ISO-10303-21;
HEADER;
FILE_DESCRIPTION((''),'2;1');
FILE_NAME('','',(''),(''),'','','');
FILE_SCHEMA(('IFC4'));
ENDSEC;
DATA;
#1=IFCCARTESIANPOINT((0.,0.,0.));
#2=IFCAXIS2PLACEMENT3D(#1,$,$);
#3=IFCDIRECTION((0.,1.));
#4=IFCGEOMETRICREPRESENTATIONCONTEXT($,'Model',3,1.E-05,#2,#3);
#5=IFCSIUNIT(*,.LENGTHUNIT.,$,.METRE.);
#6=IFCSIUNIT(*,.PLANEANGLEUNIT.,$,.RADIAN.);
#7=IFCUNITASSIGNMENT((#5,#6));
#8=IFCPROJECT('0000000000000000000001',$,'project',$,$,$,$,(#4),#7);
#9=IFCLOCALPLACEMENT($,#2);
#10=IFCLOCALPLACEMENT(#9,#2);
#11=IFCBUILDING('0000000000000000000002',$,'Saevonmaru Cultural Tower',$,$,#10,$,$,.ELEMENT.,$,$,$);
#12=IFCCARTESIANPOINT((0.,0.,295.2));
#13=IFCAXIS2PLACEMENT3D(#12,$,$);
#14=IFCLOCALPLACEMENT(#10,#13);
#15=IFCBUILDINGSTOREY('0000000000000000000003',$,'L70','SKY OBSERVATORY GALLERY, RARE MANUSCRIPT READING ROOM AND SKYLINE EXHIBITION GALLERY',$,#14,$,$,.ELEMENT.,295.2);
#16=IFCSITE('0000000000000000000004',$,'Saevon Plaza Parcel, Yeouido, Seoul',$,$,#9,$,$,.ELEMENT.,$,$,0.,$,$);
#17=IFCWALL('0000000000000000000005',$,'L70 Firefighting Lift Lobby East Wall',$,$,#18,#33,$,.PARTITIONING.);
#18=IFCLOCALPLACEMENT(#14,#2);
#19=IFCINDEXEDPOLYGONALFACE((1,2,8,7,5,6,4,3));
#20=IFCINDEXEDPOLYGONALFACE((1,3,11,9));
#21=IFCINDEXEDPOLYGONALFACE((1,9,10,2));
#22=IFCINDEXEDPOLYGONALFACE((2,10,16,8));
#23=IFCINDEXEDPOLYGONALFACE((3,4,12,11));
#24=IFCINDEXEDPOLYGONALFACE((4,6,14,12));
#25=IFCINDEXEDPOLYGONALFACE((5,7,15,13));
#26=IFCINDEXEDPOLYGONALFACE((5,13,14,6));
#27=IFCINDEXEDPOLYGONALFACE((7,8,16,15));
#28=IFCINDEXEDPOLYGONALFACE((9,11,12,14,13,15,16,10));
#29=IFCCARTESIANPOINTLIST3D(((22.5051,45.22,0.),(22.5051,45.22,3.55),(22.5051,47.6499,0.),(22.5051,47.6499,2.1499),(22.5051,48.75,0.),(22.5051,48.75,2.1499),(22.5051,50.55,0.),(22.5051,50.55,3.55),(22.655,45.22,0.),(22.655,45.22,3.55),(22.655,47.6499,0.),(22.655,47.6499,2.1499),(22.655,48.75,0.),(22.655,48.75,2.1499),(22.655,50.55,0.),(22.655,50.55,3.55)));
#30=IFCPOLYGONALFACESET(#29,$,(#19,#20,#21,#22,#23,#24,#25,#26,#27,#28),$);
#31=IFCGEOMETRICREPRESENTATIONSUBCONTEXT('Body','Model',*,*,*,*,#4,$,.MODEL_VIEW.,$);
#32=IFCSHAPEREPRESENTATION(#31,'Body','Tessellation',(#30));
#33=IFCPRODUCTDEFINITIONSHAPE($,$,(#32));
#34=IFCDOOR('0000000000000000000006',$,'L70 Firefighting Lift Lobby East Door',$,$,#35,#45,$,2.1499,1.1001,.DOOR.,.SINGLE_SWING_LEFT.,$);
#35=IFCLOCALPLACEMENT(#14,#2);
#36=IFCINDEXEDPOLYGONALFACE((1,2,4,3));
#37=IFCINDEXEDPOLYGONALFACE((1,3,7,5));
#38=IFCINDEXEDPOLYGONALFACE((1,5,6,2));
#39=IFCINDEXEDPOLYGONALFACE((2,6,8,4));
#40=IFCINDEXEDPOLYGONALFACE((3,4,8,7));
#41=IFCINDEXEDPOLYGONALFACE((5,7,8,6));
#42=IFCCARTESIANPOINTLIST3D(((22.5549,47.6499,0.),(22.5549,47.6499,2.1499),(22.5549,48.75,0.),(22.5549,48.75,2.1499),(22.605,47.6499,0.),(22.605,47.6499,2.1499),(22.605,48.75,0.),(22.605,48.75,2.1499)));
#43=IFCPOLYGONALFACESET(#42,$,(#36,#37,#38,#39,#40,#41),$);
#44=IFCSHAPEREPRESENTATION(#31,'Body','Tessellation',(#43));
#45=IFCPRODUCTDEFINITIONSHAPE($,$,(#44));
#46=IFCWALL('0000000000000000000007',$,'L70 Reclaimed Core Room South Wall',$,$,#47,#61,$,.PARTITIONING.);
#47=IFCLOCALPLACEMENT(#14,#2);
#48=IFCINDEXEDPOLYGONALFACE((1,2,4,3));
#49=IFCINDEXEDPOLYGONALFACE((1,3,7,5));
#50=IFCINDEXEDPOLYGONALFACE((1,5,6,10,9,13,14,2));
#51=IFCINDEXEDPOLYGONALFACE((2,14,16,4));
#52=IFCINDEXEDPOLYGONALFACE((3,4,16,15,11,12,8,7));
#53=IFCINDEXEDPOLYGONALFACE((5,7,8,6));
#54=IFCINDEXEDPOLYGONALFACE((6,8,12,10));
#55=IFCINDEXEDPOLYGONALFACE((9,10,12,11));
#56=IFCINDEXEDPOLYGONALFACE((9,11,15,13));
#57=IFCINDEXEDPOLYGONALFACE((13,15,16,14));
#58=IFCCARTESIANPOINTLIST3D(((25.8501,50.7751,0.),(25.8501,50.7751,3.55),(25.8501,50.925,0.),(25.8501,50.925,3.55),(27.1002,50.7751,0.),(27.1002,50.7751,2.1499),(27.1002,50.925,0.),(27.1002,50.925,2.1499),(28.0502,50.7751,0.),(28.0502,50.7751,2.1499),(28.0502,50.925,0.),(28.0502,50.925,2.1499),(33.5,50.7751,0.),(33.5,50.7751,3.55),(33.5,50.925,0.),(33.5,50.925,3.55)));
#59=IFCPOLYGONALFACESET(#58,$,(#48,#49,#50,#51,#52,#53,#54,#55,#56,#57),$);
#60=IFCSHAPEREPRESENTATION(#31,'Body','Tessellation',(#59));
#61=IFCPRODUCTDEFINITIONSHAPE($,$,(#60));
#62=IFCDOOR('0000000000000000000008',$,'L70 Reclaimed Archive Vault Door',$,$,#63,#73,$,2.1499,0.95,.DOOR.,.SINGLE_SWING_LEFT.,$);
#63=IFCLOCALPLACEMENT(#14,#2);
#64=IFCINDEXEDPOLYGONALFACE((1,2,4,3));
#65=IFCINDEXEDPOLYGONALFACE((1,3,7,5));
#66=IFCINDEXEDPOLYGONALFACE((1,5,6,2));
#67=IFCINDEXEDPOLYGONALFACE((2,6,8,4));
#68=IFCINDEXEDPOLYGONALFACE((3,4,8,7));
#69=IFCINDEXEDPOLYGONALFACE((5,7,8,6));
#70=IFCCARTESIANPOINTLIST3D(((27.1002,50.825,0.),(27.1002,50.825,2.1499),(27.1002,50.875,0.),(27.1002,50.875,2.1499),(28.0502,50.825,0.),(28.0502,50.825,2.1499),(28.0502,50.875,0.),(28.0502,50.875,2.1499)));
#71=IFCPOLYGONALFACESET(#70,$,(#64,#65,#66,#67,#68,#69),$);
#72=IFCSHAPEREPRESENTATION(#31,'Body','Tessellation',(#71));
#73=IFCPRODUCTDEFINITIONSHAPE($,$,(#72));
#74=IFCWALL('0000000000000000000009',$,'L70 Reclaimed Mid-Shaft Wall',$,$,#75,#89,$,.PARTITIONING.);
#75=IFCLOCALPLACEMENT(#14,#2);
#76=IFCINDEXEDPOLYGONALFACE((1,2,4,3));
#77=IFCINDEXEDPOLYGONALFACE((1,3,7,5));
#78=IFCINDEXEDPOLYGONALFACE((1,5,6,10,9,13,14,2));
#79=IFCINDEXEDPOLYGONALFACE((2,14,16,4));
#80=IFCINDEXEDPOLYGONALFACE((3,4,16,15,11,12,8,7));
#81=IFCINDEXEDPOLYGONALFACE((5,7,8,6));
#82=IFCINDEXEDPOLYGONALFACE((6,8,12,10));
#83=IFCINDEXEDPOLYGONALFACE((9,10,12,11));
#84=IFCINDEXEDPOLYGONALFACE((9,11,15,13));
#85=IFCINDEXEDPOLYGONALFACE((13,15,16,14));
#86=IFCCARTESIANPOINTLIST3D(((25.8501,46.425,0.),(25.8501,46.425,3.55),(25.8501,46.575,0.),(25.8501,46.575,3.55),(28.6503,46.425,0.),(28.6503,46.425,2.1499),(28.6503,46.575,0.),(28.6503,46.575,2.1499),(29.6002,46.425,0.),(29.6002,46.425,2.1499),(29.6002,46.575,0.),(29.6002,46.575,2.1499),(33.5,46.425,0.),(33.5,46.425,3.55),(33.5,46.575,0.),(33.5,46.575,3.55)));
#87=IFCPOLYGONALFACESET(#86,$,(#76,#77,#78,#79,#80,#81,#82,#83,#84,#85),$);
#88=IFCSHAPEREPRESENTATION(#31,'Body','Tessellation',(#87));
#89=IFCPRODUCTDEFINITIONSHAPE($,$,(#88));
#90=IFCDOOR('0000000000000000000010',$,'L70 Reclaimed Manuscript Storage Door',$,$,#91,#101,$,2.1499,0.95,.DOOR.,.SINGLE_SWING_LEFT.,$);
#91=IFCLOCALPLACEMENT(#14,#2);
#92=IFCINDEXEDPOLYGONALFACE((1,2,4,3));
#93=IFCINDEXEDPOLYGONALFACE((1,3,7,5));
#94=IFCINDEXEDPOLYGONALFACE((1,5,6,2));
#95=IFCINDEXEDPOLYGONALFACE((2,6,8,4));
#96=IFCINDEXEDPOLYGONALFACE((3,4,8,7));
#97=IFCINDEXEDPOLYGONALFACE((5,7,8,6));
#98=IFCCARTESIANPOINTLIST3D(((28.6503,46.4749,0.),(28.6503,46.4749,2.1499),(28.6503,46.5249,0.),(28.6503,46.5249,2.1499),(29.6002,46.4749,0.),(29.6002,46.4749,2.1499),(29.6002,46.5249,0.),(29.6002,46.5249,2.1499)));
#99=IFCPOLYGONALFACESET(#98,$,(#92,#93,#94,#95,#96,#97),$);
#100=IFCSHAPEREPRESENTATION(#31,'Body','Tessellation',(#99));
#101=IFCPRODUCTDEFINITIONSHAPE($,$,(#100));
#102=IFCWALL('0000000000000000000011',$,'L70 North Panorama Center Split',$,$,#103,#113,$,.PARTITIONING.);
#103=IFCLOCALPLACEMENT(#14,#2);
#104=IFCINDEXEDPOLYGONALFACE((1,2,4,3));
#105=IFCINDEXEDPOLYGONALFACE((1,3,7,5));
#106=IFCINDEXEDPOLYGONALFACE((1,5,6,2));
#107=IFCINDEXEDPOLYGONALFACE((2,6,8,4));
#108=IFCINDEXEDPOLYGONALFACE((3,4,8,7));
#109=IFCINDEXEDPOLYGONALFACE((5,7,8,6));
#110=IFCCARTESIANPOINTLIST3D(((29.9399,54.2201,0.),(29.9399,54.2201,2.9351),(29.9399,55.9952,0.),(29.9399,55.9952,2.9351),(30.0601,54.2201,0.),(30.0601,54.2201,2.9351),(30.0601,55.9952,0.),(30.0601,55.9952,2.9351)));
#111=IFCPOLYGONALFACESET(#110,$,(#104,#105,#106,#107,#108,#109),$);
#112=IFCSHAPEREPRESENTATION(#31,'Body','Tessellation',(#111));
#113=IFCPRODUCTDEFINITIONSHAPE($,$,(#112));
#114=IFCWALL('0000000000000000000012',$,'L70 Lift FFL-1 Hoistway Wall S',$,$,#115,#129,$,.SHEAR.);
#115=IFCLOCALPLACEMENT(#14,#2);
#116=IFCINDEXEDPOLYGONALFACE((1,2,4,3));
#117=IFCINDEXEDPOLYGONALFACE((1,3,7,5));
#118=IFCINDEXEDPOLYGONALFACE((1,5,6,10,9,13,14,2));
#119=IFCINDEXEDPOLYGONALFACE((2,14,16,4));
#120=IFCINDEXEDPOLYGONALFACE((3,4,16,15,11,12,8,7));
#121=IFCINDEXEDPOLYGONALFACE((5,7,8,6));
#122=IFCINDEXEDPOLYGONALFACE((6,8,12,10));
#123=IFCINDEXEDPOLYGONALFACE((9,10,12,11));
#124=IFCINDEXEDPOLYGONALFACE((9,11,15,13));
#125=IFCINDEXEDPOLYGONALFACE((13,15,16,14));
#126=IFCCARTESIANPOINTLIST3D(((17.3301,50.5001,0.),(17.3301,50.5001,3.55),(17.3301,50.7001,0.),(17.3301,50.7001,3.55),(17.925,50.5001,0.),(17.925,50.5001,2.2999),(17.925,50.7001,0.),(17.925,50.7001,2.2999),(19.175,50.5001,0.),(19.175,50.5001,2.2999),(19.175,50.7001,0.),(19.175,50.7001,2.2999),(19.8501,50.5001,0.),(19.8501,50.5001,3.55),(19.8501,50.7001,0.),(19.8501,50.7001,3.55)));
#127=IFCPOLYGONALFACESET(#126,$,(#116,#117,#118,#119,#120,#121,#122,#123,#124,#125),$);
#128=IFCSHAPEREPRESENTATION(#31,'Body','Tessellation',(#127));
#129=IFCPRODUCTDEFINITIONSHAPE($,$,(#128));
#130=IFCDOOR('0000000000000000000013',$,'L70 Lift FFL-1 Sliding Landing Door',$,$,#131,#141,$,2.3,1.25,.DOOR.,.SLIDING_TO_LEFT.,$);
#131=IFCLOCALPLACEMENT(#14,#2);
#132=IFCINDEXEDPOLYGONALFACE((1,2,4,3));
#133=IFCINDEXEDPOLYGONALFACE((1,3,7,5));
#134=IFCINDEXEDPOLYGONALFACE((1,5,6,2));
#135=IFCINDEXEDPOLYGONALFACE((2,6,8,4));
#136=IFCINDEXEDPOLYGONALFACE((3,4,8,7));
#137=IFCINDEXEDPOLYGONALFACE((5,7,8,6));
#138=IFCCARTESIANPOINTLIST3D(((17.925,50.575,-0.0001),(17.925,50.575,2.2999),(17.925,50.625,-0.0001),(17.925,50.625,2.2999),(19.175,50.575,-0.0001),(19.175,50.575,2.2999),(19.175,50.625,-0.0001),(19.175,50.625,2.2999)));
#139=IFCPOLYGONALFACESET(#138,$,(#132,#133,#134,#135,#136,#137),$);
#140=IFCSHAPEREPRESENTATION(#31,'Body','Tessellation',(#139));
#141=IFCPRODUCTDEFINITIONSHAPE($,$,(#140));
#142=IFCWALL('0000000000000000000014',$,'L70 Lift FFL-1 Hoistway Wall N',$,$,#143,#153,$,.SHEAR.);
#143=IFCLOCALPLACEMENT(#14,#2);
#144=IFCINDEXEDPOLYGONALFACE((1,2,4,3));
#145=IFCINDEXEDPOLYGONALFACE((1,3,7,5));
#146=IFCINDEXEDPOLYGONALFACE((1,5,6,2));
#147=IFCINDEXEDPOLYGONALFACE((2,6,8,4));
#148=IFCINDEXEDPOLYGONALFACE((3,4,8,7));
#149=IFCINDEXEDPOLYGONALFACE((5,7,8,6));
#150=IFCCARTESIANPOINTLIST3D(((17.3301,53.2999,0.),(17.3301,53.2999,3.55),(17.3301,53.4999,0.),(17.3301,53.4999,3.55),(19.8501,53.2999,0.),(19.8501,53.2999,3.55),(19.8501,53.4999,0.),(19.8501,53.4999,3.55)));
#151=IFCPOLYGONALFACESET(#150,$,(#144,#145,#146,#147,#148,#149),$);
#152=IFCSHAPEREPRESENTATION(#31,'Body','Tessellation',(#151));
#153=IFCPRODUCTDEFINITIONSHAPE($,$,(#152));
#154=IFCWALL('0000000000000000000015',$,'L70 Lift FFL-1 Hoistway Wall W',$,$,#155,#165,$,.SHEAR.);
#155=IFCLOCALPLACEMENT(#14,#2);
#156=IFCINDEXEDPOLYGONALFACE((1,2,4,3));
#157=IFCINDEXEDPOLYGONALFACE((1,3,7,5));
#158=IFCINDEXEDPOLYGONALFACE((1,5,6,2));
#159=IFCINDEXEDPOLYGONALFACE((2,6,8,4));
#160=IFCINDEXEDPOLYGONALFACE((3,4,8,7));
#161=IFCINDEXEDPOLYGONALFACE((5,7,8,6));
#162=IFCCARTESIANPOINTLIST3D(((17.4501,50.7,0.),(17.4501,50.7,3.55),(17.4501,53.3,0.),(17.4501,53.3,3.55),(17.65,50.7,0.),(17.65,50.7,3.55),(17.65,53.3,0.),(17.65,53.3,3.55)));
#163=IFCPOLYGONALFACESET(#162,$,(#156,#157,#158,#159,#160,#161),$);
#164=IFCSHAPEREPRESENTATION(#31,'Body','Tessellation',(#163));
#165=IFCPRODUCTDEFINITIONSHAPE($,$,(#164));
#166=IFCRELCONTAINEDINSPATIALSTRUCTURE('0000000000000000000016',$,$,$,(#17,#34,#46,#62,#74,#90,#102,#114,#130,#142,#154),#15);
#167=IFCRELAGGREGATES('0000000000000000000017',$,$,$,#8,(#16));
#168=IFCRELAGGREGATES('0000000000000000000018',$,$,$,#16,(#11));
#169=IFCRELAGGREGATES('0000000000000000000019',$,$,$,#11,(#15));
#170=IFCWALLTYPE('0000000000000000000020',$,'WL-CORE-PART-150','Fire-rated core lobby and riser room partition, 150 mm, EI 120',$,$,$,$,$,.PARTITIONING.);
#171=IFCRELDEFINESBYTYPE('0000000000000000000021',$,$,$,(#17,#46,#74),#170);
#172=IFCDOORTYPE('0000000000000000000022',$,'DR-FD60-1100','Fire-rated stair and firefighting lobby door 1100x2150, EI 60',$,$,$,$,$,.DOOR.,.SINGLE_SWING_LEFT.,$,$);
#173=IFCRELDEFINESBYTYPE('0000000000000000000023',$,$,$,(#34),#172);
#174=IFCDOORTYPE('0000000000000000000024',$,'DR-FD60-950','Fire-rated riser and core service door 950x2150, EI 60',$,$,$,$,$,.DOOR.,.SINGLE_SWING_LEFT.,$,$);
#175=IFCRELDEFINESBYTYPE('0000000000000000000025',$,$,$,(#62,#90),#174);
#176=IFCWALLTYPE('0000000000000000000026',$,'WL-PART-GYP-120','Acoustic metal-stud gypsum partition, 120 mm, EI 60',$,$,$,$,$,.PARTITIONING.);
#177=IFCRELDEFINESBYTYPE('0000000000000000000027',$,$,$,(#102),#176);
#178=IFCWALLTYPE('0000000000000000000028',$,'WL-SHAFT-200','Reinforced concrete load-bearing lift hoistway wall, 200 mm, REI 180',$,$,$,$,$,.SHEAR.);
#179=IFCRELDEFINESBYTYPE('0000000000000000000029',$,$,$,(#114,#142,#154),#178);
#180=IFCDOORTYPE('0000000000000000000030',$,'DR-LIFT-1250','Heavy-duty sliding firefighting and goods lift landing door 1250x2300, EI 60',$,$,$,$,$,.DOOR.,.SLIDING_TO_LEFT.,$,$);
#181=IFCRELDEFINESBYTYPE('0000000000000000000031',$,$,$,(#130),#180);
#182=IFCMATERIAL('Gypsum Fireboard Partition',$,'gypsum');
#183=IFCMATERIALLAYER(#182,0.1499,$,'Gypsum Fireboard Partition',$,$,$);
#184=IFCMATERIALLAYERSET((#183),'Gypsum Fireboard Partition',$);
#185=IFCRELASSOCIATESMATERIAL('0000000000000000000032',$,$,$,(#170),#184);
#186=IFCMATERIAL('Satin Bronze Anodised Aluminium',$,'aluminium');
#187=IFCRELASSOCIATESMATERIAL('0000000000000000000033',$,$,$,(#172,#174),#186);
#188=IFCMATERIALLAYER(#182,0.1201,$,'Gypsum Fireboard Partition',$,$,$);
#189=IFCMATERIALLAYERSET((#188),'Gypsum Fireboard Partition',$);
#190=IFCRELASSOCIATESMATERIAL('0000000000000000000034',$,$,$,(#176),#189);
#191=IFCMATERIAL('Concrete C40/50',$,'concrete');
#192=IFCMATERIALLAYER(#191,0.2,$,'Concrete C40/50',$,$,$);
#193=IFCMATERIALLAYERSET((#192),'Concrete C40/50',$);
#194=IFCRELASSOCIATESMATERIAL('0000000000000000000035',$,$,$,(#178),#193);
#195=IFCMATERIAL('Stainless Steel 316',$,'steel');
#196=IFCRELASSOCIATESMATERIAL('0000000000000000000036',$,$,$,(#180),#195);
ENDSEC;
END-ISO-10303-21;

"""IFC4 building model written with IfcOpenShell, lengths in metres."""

from ifc_helpers import new_model, si_unit, direction, frame, frame_2d, origin, place, context, subcontext, project, spatial, rectangle, extrude, material, layer, layer_set, type_object, element, fill, save


model = new_model("IFC4")

# Units and contexts
model_context = context("Model", 3, precision=1e-05, world=origin(), true_north=direction((0.0, 1.0)))
body_context = subcontext(model_context, "Body", "Model", "MODEL_VIEW")
ifc_project = project(units=[si_unit("LENGTHUNIT", "METRE"), si_unit("PLANEANGLEUNIT", "RADIAN")], contexts=[model_context])

# Site, building, storey
site_placement = place(None, origin())
site = spatial("IfcSite", under=ifc_project, at=site_placement, Name="Saevon Plaza Parcel, Yeouido, Seoul", CompositionType="ELEMENT", RefElevation=0.0)
building_placement = place(site_placement, origin())
building = spatial("IfcBuilding", under=site, at=building_placement, Name="Saevonmaru Cultural Tower", CompositionType="ELEMENT")
storey_placement = place(building_placement, frame((0.0, 0.0, 295.2)))
storey = spatial("IfcBuildingStorey", under=building, at=storey_placement, Name="L70", Description="SKY OBSERVATORY GALLERY, RARE MANUSCRIPT READING ROOM AND SKYLINE EXHIBITION GALLERY", CompositionType="ELEMENT", Elevation=295.2)

# Shared definitions
ifc_material_1 = material(Name="Satin Bronze Anodised Aluminium", Category="aluminium")

# Walls, openings, doors
ifc_material_2 = material(Name="Gypsum Fireboard Partition", Category="gypsum")
ifc_layer_1 = layer(ifc_material_2, 0.1499, Name="Gypsum Fireboard Partition")
ifc_layer_set_1 = layer_set([ifc_layer_1], Name="Gypsum Fireboard Partition")
wall_type_1 = type_object("IfcWallType", Name="WL-CORE-PART-150", Description="Fire-rated core lobby and riser room partition, 150 mm, EI 120", PredefinedType="PARTITIONING", material=ifc_layer_set_1)
wall_1_placement = place(storey_placement, frame((22.5801, 50.55, 0.0), z_axis=(0.0, 0.0, 1.0), x_axis=(0.0, -1.0, 0.0)))
wall_1 = element("IfcWall", 1, at=wall_1_placement, inside=storey, type_object=wall_type_1, Name="L70 Firefighting Lift Lobby East Wall", PredefinedType="PARTITIONING", context=body_context, shape_type="SweptSolid", body=[
    extrude(rectangle(XDim=5.3301, YDim=0.1499, at=frame_2d((2.665, 0.0))), origin(), (0.0, 0.0, 1.0), 3.55),
])
opening_1_placement = place(wall_1_placement, frame((1.8, 0.0, 0.0)))
opening_1 = element("IfcOpeningElement", 2, at=opening_1_placement, cuts=wall_1, PredefinedType="OPENING", context=body_context, shape_type="SweptSolid", body=[
    extrude(rectangle(XDim=1.1001, YDim=2.1499, at=frame_2d((0.55, 1.075))), frame((0.0, 0.085, 0.0), z_axis=(0.0, -1.0, 0.0), x_axis=(1.0, 0.0, 0.0)), (0.0, 0.0, 1.0), 0.1699),
])
door_type_1 = type_object("IfcDoorType", Name="DR-FD60-1100", Description="Fire-rated stair and firefighting lobby door 1100x2150, EI 60", OperationType="SINGLE_SWING_LEFT", PredefinedType="DOOR", material=ifc_material_1)
door_1_placement = place(opening_1_placement, origin())
door_1 = element("IfcDoor", 3, at=door_1_placement, inside=storey, type_object=door_type_1, Name="L70 Firefighting Lift Lobby East Door", OperationType="SINGLE_SWING_LEFT", OverallHeight=2.1499, OverallWidth=1.1001, PredefinedType="DOOR", context=body_context, shape_type="SweptSolid", body=[
    extrude(rectangle(XDim=1.1001, YDim=2.1499, at=frame_2d((0.55, 1.075))), frame((0.0, 0.0249, 0.0), z_axis=(0.0, -1.0, 0.0), x_axis=(1.0, 0.0, 0.0)), (0.0, 0.0, 1.0), 0.05),
])
fill(opening_1, door_1)
wall_2_placement = place(storey_placement, frame((25.8501, 50.8501, 0.0), z_axis=(0.0, 0.0, 1.0), x_axis=(1.0, 0.0, 0.0)))
wall_2 = element("IfcWall", 4, at=wall_2_placement, inside=storey, type_object=wall_type_1, Name="L70 Reclaimed Core Room South Wall", PredefinedType="PARTITIONING", context=body_context, shape_type="SweptSolid", body=[
    extrude(rectangle(XDim=7.6499, YDim=0.1499, at=frame_2d((3.825, 0.0))), origin(), (0.0, 0.0, 1.0), 3.55),
])
opening_2_placement = place(wall_2_placement, frame((1.25, 0.0, 0.0)))
opening_2 = element("IfcOpeningElement", 5, at=opening_2_placement, cuts=wall_2, PredefinedType="OPENING", context=body_context, shape_type="SweptSolid", body=[
    extrude(rectangle(XDim=0.95, YDim=2.1499, at=frame_2d((0.4751, 1.075))), frame((0.0, 0.085, 0.0), z_axis=(0.0, -1.0, 0.0), x_axis=(1.0, 0.0, 0.0)), (0.0, 0.0, 1.0), 0.1699),
])
door_type_2 = type_object("IfcDoorType", Name="DR-FD60-950", Description="Fire-rated riser and core service door 950x2150, EI 60", OperationType="SINGLE_SWING_LEFT", PredefinedType="DOOR", material=ifc_material_1)
door_2_placement = place(opening_2_placement, origin())
door_2 = element("IfcDoor", 6, at=door_2_placement, inside=storey, type_object=door_type_2, Name="L70 Reclaimed Archive Vault Door", OperationType="SINGLE_SWING_LEFT", OverallHeight=2.1499, OverallWidth=0.95, PredefinedType="DOOR", context=body_context, shape_type="SweptSolid", body=[
    extrude(rectangle(XDim=0.95, YDim=2.1499, at=frame_2d((0.4751, 1.075))), frame((0.0, 0.0249, 0.0), z_axis=(0.0, -1.0, 0.0), x_axis=(1.0, 0.0, 0.0)), (0.0, 0.0, 1.0), 0.05),
])
fill(opening_2, door_2)
wall_3_placement = place(storey_placement, frame((25.8501, 46.5, 0.0), z_axis=(0.0, 0.0, 1.0), x_axis=(1.0, 0.0, 0.0)))
wall_3 = element("IfcWall", 7, at=wall_3_placement, inside=storey, type_object=wall_type_1, Name="L70 Reclaimed Mid-Shaft Wall", PredefinedType="PARTITIONING", context=body_context, shape_type="SweptSolid", body=[
    extrude(rectangle(XDim=7.6499, YDim=0.1499, at=frame_2d((3.825, 0.0))), origin(), (0.0, 0.0, 1.0), 3.55),
])
opening_3_placement = place(wall_3_placement, frame((2.8, 0.0, 0.0)))
opening_3 = element("IfcOpeningElement", 8, at=opening_3_placement, cuts=wall_3, PredefinedType="OPENING", context=body_context, shape_type="SweptSolid", body=[
    extrude(rectangle(XDim=0.95, YDim=2.1499, at=frame_2d((0.4751, 1.075))), frame((0.0, 0.085, 0.0), z_axis=(0.0, -1.0, 0.0), x_axis=(1.0, 0.0, 0.0)), (0.0, 0.0, 1.0), 0.1699),
])
door_3_placement = place(opening_3_placement, origin())
door_3 = element("IfcDoor", 9, at=door_3_placement, inside=storey, type_object=door_type_2, Name="L70 Reclaimed Manuscript Storage Door", OperationType="SINGLE_SWING_LEFT", OverallHeight=2.1499, OverallWidth=0.95, PredefinedType="DOOR", context=body_context, shape_type="SweptSolid", body=[
    extrude(rectangle(XDim=0.95, YDim=2.1499, at=frame_2d((0.4751, 1.075))), frame((0.0, 0.0249, 0.0), z_axis=(0.0, -1.0, 0.0), x_axis=(1.0, 0.0, 0.0)), (0.0, 0.0, 1.0), 0.05),
])
fill(opening_3, door_3)

# Wall
ifc_layer_2 = layer(ifc_material_2, 0.1201, Name="Gypsum Fireboard Partition")
ifc_layer_set_2 = layer_set([ifc_layer_2], Name="Gypsum Fireboard Partition")
wall_type_2 = type_object("IfcWallType", Name="WL-PART-GYP-120", Description="Acoustic metal-stud gypsum partition, 120 mm, EI 60", PredefinedType="PARTITIONING", material=ifc_layer_set_2)
wall_4_placement = place(storey_placement, frame((30.0, 54.22, 0.0), z_axis=(0.0, 0.0, 1.0), x_axis=(0.0, 1.0, 0.0)))
element("IfcWall", 10, at=wall_4_placement, inside=storey, type_object=wall_type_2, Name="L70 North Panorama Center Split", PredefinedType="PARTITIONING", context=body_context, shape_type="SweptSolid", body=[
    extrude(rectangle(XDim=1.7751, YDim=0.1201, at=frame_2d((0.8877, 0.0))), origin(), (0.0, 0.0, 1.0), 2.9351),
])

# Wall, opening, door
ifc_material_3 = material(Name="Concrete C40/50", Category="concrete")
ifc_layer_3 = layer(ifc_material_3, 0.2, Name="Concrete C40/50")
ifc_layer_set_3 = layer_set([ifc_layer_3], Name="Concrete C40/50")
wall_type_3 = type_object("IfcWallType", Name="WL-SHAFT-200", Description="Reinforced concrete load-bearing lift hoistway wall, 200 mm, REI 180", PredefinedType="SHEAR", material=ifc_layer_set_3)
wall_5_placement = place(storey_placement, frame((17.3301, 50.6001, 0.0), z_axis=(0.0, 0.0, 1.0), x_axis=(1.0, 0.0, 0.0)))
wall_5 = element("IfcWall", 11, at=wall_5_placement, inside=storey, type_object=wall_type_3, Name="L70 Lift FFL-1 Hoistway Wall S", PredefinedType="SHEAR", context=body_context, shape_type="SweptSolid", body=[
    extrude(rectangle(XDim=2.52, YDim=0.2, at=frame_2d((1.26, 0.0))), origin(), (0.0, 0.0, 1.0), 3.55),
])
opening_4_placement = place(wall_5_placement, frame((0.595, 0.0, 0.0)))
opening_4 = element("IfcOpeningElement", 12, at=opening_4_placement, cuts=wall_5, PredefinedType="OPENING", context=body_context, shape_type="SweptSolid", body=[
    extrude(rectangle(XDim=1.25, YDim=2.3, at=frame_2d((0.625, 1.1499))), frame((0.0, 0.1099, 0.0), z_axis=(0.0, -1.0, 0.0), x_axis=(1.0, 0.0, 0.0)), (0.0, 0.0, 1.0), 0.22),
])
ifc_material_4 = material(Name="Stainless Steel 316", Category="steel")
door_type_3 = type_object("IfcDoorType", Name="DR-LIFT-1250", Description="Heavy-duty sliding firefighting and goods lift landing door 1250x2300, EI 60", OperationType="SLIDING_TO_LEFT", PredefinedType="DOOR", material=ifc_material_4)
door_4_placement = place(opening_4_placement, origin())
door_4 = element("IfcDoor", 13, at=door_4_placement, inside=storey, type_object=door_type_3, Name="L70 Lift FFL-1 Sliding Landing Door", OperationType="SLIDING_TO_LEFT", OverallHeight=2.3, OverallWidth=1.25, PredefinedType="DOOR", context=body_context, shape_type="SweptSolid", body=[
    extrude(rectangle(XDim=1.25, YDim=2.3, at=frame_2d((0.625, 1.1499))), frame((0.0, 0.0249, 0.0), z_axis=(0.0, -1.0, 0.0), x_axis=(1.0, 0.0, 0.0)), (0.0, 0.0, 1.0), 0.05),
])
fill(opening_4, door_4)

# Walls
wall_6_placement = place(storey_placement, frame((17.3301, 53.3999, 0.0), z_axis=(0.0, 0.0, 1.0), x_axis=(1.0, 0.0, 0.0)))
element("IfcWall", 14, at=wall_6_placement, inside=storey, type_object=wall_type_3, Name="L70 Lift FFL-1 Hoistway Wall N", PredefinedType="SHEAR", context=body_context, shape_type="SweptSolid", body=[
    extrude(rectangle(XDim=2.52, YDim=0.2, at=frame_2d((1.26, 0.0))), origin(), (0.0, 0.0, 1.0), 3.55),
])
for number, where, z_axis, x_axis, name in (
    (15, (17.55, 50.7, 0.0), (0.0, 0.0, 1.0), (0.0, 1.0, 0.0), "L70 Lift FFL-1 Hoistway Wall W"),
):
    element("IfcWall", number, at=place(storey_placement, frame(where, z_axis=z_axis, x_axis=x_axis)), inside=storey, type_object=wall_type_3, Name=name, PredefinedType="SHEAR", context=body_context, shape_type="SweptSolid", body=[
        extrude(rectangle(XDim=2.6001, YDim=0.2, at=frame_2d((1.3, 0.0))), origin(), (0.0, 0.0, 1.0), 3.55),
    ])

save(model, "model.ifc")
